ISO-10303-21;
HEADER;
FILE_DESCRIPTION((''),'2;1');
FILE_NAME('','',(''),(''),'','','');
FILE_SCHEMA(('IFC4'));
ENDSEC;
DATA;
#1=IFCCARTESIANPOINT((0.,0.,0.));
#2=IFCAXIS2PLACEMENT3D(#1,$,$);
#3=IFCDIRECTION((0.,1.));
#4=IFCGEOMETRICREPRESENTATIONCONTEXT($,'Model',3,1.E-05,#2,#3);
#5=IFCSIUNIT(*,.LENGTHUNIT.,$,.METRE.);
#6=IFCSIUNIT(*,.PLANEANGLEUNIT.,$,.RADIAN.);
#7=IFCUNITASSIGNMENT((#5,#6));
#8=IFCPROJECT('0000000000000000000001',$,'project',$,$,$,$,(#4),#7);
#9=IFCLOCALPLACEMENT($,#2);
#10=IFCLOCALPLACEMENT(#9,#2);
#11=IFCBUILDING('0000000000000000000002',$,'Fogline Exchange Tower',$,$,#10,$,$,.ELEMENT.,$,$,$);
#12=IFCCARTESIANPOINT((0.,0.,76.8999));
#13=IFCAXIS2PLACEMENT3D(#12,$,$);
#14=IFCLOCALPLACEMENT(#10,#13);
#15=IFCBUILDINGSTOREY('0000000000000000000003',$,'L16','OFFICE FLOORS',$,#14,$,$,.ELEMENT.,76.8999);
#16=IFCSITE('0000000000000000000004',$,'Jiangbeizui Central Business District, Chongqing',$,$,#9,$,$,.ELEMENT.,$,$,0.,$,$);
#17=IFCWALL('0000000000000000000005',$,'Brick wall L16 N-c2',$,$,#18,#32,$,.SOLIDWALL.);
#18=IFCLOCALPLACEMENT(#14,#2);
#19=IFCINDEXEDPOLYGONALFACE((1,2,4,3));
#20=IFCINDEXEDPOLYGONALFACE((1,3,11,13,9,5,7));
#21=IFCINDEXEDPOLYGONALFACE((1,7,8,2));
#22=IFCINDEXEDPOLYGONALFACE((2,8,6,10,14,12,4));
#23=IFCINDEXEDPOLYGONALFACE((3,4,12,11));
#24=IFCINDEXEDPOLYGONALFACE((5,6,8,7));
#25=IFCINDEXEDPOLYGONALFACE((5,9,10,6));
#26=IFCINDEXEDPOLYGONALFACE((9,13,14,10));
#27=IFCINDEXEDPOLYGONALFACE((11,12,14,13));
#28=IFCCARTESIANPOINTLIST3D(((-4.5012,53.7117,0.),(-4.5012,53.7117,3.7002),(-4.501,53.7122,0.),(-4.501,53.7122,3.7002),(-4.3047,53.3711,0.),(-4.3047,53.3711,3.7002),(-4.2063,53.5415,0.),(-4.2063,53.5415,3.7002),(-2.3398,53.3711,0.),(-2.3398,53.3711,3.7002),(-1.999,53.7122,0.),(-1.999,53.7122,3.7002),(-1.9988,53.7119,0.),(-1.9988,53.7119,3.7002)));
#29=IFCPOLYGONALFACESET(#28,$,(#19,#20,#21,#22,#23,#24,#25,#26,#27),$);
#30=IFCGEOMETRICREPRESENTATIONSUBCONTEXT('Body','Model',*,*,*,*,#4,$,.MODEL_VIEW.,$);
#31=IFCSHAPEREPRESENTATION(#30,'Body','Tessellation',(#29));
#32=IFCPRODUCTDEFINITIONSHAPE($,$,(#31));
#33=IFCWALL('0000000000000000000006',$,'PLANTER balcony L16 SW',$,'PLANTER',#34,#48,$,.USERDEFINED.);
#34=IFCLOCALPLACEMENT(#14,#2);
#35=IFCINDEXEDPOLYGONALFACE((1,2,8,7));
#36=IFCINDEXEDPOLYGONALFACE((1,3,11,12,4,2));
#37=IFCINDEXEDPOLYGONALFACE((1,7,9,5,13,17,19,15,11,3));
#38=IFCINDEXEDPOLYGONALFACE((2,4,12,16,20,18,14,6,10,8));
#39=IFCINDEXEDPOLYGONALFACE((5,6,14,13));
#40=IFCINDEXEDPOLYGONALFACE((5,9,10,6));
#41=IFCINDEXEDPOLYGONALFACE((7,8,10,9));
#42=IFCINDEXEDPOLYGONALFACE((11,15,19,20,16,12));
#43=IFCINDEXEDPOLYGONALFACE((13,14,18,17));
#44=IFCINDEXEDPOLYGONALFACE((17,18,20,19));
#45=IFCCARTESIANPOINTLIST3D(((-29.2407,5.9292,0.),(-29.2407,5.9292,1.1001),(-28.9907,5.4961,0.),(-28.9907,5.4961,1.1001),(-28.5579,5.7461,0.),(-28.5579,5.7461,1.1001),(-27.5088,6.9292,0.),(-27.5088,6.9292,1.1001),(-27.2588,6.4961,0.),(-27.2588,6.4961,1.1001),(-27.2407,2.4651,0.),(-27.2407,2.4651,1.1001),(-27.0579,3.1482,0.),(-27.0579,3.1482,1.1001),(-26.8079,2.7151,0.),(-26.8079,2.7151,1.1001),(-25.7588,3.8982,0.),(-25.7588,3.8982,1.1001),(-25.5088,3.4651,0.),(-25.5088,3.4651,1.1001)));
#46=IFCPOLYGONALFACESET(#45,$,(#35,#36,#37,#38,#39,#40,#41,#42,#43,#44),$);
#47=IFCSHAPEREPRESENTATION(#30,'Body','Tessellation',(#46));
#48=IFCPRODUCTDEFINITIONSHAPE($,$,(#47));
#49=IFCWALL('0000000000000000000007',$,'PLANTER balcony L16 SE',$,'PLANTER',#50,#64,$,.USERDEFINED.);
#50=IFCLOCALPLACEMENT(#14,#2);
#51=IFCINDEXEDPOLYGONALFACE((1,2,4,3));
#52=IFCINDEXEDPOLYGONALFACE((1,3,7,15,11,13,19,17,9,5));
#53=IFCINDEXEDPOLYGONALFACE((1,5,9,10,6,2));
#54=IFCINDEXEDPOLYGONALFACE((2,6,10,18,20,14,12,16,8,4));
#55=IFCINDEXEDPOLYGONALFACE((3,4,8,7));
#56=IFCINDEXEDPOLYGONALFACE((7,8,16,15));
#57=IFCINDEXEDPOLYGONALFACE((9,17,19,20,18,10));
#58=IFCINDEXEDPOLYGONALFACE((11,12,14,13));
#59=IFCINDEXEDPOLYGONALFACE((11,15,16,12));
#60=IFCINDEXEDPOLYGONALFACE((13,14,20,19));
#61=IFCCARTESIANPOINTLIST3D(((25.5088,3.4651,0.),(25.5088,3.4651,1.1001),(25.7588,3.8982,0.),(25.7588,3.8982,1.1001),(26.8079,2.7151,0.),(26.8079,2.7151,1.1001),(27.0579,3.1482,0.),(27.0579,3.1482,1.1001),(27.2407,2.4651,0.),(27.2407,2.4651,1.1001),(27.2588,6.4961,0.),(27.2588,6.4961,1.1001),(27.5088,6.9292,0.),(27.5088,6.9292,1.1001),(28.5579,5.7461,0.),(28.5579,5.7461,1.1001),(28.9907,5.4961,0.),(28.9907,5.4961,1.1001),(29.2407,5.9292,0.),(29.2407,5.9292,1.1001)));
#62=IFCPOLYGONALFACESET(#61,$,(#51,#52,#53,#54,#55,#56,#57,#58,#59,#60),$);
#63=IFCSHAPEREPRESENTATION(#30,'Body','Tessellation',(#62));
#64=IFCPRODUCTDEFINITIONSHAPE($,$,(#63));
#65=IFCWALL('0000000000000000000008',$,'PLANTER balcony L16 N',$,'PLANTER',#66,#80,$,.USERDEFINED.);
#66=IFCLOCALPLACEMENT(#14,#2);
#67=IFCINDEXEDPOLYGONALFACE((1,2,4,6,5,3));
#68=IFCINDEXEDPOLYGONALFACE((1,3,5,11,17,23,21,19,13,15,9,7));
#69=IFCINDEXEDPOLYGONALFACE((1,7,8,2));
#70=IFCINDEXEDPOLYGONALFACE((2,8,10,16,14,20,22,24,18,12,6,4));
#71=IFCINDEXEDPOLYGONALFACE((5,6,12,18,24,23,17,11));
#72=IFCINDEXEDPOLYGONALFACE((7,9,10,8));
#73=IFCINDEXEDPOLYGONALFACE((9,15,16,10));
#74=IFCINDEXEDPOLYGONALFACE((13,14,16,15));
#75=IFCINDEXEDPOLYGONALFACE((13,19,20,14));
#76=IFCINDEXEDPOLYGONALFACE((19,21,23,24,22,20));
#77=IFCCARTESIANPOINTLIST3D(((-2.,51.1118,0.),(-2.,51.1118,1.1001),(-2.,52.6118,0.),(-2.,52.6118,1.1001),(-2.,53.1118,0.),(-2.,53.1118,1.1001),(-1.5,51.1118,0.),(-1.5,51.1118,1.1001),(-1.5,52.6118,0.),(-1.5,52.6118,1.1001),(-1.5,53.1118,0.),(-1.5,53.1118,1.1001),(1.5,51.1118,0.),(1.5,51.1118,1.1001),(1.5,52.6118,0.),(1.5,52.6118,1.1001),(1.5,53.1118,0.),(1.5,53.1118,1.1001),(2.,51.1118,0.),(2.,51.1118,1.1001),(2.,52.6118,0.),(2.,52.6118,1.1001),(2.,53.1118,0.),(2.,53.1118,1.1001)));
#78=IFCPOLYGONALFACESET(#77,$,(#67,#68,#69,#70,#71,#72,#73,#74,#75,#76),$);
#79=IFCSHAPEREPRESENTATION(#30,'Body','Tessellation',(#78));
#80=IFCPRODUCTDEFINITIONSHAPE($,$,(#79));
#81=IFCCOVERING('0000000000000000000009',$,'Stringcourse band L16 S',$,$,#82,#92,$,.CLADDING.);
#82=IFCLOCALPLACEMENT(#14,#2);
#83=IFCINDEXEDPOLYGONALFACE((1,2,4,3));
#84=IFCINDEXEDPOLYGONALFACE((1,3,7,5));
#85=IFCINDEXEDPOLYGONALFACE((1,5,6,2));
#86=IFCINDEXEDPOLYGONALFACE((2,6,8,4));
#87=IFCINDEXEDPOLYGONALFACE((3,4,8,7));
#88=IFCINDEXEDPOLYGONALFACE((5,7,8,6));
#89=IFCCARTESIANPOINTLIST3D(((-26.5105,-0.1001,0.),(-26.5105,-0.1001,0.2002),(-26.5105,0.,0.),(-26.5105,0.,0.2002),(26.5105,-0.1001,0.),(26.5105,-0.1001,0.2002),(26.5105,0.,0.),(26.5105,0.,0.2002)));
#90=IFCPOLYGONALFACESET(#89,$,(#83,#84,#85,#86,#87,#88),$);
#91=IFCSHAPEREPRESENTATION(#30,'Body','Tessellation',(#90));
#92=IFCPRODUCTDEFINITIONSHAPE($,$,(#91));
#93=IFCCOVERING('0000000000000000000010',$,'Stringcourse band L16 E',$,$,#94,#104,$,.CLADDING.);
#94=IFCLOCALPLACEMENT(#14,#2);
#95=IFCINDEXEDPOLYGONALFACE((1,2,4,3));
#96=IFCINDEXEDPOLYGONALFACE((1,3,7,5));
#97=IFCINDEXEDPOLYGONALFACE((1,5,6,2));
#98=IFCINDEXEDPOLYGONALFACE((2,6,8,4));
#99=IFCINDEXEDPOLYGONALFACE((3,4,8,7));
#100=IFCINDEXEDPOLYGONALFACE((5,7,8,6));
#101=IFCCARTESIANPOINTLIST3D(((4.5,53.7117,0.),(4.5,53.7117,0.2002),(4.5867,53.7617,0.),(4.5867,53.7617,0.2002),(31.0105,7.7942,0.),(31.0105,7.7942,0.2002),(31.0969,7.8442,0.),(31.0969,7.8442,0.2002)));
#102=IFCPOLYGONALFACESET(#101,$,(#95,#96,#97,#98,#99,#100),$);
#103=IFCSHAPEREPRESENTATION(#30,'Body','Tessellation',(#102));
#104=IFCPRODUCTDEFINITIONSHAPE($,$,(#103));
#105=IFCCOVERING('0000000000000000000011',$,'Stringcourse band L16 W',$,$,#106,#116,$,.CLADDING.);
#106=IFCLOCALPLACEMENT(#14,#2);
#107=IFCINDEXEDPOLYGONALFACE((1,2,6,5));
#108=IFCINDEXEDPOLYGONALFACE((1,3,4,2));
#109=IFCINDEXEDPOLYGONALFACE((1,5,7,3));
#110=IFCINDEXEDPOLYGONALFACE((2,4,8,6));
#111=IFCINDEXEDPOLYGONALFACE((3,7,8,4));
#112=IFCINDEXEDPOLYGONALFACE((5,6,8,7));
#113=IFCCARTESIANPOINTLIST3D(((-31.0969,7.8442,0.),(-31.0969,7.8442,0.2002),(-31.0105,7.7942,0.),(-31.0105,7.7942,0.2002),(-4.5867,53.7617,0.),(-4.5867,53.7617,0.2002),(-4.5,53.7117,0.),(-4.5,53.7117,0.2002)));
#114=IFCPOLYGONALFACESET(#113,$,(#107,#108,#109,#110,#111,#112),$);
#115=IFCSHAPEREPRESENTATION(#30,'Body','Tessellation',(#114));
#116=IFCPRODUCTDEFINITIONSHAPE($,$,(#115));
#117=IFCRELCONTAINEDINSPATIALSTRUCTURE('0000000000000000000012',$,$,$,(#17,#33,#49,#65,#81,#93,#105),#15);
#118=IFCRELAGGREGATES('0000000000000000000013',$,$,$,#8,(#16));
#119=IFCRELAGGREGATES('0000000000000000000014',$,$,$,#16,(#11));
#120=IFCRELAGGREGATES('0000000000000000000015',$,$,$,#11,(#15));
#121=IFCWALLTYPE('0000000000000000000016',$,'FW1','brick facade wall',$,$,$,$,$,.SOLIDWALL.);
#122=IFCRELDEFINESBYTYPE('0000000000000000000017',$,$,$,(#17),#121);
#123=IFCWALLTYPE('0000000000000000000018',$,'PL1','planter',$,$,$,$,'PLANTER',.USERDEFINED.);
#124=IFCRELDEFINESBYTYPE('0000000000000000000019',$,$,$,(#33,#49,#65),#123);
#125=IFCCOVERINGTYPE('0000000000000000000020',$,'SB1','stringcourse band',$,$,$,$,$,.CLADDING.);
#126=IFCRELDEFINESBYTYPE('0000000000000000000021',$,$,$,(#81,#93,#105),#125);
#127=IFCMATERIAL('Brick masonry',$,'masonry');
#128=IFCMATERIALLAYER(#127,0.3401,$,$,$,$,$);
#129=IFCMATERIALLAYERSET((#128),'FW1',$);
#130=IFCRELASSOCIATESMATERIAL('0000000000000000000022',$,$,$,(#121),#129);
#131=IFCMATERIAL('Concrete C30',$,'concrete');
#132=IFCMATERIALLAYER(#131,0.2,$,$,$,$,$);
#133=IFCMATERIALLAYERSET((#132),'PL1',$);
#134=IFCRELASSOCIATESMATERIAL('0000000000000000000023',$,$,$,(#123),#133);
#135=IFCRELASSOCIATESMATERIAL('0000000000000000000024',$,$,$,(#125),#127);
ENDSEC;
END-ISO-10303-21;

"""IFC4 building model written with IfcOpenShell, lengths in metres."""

from ifc_helpers import new_model, si_unit, direction, frame, origin, place, context, subcontext, project, spatial, polyline, outline, extrude, material, layer, layer_set, type_object, element, save


model = new_model("IFC4")

# Units and contexts
model_context = context("Model", 3, precision=1e-05, world=origin(), true_north=direction((0.0, 1.0)))
body_context = subcontext(model_context, "Body", "Model", "MODEL_VIEW")
ifc_project = project(units=[si_unit("LENGTHUNIT", "METRE"), si_unit("PLANEANGLEUNIT", "RADIAN")], contexts=[model_context])

# Site, building, storey
site_placement = place(None, origin())
site = spatial("IfcSite", under=ifc_project, at=site_placement, Name="Jiangbeizui Central Business District, Chongqing", CompositionType="ELEMENT", RefElevation=0.0)
building_placement = place(site_placement, origin())
building = spatial("IfcBuilding", under=site, at=building_placement, Name="Fogline Exchange Tower", CompositionType="ELEMENT")
storey_placement = place(building_placement, frame((0.0, 0.0, 76.8999)))
storey = spatial("IfcBuildingStorey", under=building, at=storey_placement, Name="L16", Description="OFFICE FLOORS", CompositionType="ELEMENT", Elevation=76.8999)

# Walls
ifc_material_1 = material(Name="Brick masonry", Category="masonry")
ifc_layer_1 = layer(ifc_material_1, 0.3401)
ifc_layer_set_1 = layer_set([ifc_layer_1], Name="FW1")
wall_type_1 = type_object("IfcWallType", Name="FW1", Description="brick facade wall", PredefinedType="SOLIDWALL", material=ifc_layer_set_1)
wall_1_placement = place(storey_placement, origin())
element("IfcWall", 1, at=wall_1_placement, inside=storey, type_object=wall_type_1, Name="Brick wall L16 N-c2", PredefinedType="SOLIDWALL", context=body_context, shape_type="SweptSolid", body=[
    extrude(outline(polyline([(-4.3047, 53.3711), (-4.2063, 53.5415), (-4.5012, 53.7117), (-4.501, 53.7122), (-1.999, 53.7122), (-1.9988, 53.7119), (-2.3398, 53.3711), (-4.3047, 53.3711)])), origin(), (0.0, 0.0, 1.0), 3.7002),
])
ifc_material_2 = material(Name="Concrete C30", Category="concrete")
ifc_layer_2 = layer(ifc_material_2, 0.2)
ifc_layer_set_2 = layer_set([ifc_layer_2], Name="PL1")
wall_type_2 = type_object("IfcWallType", Name="PL1", Description="planter", ElementType="PLANTER", PredefinedType="USERDEFINED", material=ifc_layer_set_2)
wall_2_placement = place(storey_placement, origin())
element("IfcWall", 2, at=wall_2_placement, inside=storey, type_object=wall_type_2, Name="PLANTER balcony L16 SW", ObjectType="PLANTER", PredefinedType="USERDEFINED", context=body_context, shape_type="SweptSolid", body=[
    extrude(outline(polyline([(-25.7588, 3.8982), (-27.0579, 3.1482), (-28.5579, 5.7461), (-27.2588, 6.4961), (-27.5088, 6.9292), (-29.2407, 5.9292), (-28.9907, 5.4961), (-27.2407, 2.4651), (-26.8079, 2.7151), (-26.8079, 2.7151), (-25.5088, 3.4651), (-25.7588, 3.8982)])), origin(), (0.0, 0.0, 1.0), 1.1001),
])
wall_3_placement = place(storey_placement, origin())
element("IfcWall", 3, at=wall_3_placement, inside=storey, type_object=wall_type_2, Name="PLANTER balcony L16 SE", ObjectType="PLANTER", PredefinedType="USERDEFINED", context=body_context, shape_type="SweptSolid", body=[
    extrude(outline(polyline([(25.5088, 3.4651), (26.8079, 2.7151), (26.8079, 2.7151), (27.2407, 2.4651), (28.9907, 5.4961), (29.2407, 5.9292), (27.5088, 6.9292), (27.2588, 6.4961), (28.5579, 5.7461), (27.0579, 3.1482), (25.7588, 3.8982), (25.5088, 3.4651)])), origin(), (0.0, 0.0, 1.0), 1.1001),
])
wall_4_placement = place(storey_placement, origin())
element("IfcWall", 4, at=wall_4_placement, inside=storey, type_object=wall_type_2, Name="PLANTER balcony L16 N", ObjectType="PLANTER", PredefinedType="USERDEFINED", context=body_context, shape_type="SweptSolid", body=[
    extrude(outline(polyline([(-1.5, 53.1118), (-2.0, 53.1118), (-2.0, 52.6118), (-2.0, 51.1118), (-1.5, 51.1118), (-1.5, 52.6118), (1.5, 52.6118), (1.5, 51.1118), (2.0, 51.1118), (2.0, 52.6118), (2.0, 53.1118), (1.5, 53.1118), (-1.5, 53.1118)])), origin(), (0.0, 0.0, 1.0), 1.1001),
])

# Coverings
covering_type = type_object("IfcCoveringType", Name="SB1", Description="stringcourse band", PredefinedType="CLADDING", material=ifc_material_1)
covering_1_placement = place(storey_placement, origin())
element("IfcCovering", 5, at=covering_1_placement, inside=storey, type_object=covering_type, Name="Stringcourse band L16 S", PredefinedType="CLADDING", context=body_context, shape_type="SweptSolid", body=[
    extrude(outline(polyline([(-26.5105, 0.0), (-26.5105, -0.1001), (26.5105, -0.1001), (26.5105, 0.0), (-26.5105, 0.0)])), origin(), (0.0, 0.0, 1.0), 0.2002),
])
covering_2_placement = place(storey_placement, origin())
element("IfcCovering", 6, at=covering_2_placement, inside=storey, type_object=covering_type, Name="Stringcourse band L16 E", PredefinedType="CLADDING", context=body_context, shape_type="SweptSolid", body=[
    extrude(outline(polyline([(31.0105, 7.7942), (31.0969, 7.8442), (4.5867, 53.7617), (4.5, 53.7117), (31.0105, 7.7942)])), origin(), (0.0, 0.0, 1.0), 0.2002),
])
covering_3_placement = place(storey_placement, origin())
element("IfcCovering", 7, at=covering_3_placement, inside=storey, type_object=covering_type, Name="Stringcourse band L16 W", PredefinedType="CLADDING", context=body_context, shape_type="SweptSolid", body=[
    extrude(outline(polyline([(-4.5, 53.7117), (-4.5867, 53.7617), (-31.0969, 7.8442), (-31.0105, 7.7942), (-4.5, 53.7117)])), origin(), (0.0, 0.0, 1.0), 0.2002),
])

save(model, "model.ifc")
